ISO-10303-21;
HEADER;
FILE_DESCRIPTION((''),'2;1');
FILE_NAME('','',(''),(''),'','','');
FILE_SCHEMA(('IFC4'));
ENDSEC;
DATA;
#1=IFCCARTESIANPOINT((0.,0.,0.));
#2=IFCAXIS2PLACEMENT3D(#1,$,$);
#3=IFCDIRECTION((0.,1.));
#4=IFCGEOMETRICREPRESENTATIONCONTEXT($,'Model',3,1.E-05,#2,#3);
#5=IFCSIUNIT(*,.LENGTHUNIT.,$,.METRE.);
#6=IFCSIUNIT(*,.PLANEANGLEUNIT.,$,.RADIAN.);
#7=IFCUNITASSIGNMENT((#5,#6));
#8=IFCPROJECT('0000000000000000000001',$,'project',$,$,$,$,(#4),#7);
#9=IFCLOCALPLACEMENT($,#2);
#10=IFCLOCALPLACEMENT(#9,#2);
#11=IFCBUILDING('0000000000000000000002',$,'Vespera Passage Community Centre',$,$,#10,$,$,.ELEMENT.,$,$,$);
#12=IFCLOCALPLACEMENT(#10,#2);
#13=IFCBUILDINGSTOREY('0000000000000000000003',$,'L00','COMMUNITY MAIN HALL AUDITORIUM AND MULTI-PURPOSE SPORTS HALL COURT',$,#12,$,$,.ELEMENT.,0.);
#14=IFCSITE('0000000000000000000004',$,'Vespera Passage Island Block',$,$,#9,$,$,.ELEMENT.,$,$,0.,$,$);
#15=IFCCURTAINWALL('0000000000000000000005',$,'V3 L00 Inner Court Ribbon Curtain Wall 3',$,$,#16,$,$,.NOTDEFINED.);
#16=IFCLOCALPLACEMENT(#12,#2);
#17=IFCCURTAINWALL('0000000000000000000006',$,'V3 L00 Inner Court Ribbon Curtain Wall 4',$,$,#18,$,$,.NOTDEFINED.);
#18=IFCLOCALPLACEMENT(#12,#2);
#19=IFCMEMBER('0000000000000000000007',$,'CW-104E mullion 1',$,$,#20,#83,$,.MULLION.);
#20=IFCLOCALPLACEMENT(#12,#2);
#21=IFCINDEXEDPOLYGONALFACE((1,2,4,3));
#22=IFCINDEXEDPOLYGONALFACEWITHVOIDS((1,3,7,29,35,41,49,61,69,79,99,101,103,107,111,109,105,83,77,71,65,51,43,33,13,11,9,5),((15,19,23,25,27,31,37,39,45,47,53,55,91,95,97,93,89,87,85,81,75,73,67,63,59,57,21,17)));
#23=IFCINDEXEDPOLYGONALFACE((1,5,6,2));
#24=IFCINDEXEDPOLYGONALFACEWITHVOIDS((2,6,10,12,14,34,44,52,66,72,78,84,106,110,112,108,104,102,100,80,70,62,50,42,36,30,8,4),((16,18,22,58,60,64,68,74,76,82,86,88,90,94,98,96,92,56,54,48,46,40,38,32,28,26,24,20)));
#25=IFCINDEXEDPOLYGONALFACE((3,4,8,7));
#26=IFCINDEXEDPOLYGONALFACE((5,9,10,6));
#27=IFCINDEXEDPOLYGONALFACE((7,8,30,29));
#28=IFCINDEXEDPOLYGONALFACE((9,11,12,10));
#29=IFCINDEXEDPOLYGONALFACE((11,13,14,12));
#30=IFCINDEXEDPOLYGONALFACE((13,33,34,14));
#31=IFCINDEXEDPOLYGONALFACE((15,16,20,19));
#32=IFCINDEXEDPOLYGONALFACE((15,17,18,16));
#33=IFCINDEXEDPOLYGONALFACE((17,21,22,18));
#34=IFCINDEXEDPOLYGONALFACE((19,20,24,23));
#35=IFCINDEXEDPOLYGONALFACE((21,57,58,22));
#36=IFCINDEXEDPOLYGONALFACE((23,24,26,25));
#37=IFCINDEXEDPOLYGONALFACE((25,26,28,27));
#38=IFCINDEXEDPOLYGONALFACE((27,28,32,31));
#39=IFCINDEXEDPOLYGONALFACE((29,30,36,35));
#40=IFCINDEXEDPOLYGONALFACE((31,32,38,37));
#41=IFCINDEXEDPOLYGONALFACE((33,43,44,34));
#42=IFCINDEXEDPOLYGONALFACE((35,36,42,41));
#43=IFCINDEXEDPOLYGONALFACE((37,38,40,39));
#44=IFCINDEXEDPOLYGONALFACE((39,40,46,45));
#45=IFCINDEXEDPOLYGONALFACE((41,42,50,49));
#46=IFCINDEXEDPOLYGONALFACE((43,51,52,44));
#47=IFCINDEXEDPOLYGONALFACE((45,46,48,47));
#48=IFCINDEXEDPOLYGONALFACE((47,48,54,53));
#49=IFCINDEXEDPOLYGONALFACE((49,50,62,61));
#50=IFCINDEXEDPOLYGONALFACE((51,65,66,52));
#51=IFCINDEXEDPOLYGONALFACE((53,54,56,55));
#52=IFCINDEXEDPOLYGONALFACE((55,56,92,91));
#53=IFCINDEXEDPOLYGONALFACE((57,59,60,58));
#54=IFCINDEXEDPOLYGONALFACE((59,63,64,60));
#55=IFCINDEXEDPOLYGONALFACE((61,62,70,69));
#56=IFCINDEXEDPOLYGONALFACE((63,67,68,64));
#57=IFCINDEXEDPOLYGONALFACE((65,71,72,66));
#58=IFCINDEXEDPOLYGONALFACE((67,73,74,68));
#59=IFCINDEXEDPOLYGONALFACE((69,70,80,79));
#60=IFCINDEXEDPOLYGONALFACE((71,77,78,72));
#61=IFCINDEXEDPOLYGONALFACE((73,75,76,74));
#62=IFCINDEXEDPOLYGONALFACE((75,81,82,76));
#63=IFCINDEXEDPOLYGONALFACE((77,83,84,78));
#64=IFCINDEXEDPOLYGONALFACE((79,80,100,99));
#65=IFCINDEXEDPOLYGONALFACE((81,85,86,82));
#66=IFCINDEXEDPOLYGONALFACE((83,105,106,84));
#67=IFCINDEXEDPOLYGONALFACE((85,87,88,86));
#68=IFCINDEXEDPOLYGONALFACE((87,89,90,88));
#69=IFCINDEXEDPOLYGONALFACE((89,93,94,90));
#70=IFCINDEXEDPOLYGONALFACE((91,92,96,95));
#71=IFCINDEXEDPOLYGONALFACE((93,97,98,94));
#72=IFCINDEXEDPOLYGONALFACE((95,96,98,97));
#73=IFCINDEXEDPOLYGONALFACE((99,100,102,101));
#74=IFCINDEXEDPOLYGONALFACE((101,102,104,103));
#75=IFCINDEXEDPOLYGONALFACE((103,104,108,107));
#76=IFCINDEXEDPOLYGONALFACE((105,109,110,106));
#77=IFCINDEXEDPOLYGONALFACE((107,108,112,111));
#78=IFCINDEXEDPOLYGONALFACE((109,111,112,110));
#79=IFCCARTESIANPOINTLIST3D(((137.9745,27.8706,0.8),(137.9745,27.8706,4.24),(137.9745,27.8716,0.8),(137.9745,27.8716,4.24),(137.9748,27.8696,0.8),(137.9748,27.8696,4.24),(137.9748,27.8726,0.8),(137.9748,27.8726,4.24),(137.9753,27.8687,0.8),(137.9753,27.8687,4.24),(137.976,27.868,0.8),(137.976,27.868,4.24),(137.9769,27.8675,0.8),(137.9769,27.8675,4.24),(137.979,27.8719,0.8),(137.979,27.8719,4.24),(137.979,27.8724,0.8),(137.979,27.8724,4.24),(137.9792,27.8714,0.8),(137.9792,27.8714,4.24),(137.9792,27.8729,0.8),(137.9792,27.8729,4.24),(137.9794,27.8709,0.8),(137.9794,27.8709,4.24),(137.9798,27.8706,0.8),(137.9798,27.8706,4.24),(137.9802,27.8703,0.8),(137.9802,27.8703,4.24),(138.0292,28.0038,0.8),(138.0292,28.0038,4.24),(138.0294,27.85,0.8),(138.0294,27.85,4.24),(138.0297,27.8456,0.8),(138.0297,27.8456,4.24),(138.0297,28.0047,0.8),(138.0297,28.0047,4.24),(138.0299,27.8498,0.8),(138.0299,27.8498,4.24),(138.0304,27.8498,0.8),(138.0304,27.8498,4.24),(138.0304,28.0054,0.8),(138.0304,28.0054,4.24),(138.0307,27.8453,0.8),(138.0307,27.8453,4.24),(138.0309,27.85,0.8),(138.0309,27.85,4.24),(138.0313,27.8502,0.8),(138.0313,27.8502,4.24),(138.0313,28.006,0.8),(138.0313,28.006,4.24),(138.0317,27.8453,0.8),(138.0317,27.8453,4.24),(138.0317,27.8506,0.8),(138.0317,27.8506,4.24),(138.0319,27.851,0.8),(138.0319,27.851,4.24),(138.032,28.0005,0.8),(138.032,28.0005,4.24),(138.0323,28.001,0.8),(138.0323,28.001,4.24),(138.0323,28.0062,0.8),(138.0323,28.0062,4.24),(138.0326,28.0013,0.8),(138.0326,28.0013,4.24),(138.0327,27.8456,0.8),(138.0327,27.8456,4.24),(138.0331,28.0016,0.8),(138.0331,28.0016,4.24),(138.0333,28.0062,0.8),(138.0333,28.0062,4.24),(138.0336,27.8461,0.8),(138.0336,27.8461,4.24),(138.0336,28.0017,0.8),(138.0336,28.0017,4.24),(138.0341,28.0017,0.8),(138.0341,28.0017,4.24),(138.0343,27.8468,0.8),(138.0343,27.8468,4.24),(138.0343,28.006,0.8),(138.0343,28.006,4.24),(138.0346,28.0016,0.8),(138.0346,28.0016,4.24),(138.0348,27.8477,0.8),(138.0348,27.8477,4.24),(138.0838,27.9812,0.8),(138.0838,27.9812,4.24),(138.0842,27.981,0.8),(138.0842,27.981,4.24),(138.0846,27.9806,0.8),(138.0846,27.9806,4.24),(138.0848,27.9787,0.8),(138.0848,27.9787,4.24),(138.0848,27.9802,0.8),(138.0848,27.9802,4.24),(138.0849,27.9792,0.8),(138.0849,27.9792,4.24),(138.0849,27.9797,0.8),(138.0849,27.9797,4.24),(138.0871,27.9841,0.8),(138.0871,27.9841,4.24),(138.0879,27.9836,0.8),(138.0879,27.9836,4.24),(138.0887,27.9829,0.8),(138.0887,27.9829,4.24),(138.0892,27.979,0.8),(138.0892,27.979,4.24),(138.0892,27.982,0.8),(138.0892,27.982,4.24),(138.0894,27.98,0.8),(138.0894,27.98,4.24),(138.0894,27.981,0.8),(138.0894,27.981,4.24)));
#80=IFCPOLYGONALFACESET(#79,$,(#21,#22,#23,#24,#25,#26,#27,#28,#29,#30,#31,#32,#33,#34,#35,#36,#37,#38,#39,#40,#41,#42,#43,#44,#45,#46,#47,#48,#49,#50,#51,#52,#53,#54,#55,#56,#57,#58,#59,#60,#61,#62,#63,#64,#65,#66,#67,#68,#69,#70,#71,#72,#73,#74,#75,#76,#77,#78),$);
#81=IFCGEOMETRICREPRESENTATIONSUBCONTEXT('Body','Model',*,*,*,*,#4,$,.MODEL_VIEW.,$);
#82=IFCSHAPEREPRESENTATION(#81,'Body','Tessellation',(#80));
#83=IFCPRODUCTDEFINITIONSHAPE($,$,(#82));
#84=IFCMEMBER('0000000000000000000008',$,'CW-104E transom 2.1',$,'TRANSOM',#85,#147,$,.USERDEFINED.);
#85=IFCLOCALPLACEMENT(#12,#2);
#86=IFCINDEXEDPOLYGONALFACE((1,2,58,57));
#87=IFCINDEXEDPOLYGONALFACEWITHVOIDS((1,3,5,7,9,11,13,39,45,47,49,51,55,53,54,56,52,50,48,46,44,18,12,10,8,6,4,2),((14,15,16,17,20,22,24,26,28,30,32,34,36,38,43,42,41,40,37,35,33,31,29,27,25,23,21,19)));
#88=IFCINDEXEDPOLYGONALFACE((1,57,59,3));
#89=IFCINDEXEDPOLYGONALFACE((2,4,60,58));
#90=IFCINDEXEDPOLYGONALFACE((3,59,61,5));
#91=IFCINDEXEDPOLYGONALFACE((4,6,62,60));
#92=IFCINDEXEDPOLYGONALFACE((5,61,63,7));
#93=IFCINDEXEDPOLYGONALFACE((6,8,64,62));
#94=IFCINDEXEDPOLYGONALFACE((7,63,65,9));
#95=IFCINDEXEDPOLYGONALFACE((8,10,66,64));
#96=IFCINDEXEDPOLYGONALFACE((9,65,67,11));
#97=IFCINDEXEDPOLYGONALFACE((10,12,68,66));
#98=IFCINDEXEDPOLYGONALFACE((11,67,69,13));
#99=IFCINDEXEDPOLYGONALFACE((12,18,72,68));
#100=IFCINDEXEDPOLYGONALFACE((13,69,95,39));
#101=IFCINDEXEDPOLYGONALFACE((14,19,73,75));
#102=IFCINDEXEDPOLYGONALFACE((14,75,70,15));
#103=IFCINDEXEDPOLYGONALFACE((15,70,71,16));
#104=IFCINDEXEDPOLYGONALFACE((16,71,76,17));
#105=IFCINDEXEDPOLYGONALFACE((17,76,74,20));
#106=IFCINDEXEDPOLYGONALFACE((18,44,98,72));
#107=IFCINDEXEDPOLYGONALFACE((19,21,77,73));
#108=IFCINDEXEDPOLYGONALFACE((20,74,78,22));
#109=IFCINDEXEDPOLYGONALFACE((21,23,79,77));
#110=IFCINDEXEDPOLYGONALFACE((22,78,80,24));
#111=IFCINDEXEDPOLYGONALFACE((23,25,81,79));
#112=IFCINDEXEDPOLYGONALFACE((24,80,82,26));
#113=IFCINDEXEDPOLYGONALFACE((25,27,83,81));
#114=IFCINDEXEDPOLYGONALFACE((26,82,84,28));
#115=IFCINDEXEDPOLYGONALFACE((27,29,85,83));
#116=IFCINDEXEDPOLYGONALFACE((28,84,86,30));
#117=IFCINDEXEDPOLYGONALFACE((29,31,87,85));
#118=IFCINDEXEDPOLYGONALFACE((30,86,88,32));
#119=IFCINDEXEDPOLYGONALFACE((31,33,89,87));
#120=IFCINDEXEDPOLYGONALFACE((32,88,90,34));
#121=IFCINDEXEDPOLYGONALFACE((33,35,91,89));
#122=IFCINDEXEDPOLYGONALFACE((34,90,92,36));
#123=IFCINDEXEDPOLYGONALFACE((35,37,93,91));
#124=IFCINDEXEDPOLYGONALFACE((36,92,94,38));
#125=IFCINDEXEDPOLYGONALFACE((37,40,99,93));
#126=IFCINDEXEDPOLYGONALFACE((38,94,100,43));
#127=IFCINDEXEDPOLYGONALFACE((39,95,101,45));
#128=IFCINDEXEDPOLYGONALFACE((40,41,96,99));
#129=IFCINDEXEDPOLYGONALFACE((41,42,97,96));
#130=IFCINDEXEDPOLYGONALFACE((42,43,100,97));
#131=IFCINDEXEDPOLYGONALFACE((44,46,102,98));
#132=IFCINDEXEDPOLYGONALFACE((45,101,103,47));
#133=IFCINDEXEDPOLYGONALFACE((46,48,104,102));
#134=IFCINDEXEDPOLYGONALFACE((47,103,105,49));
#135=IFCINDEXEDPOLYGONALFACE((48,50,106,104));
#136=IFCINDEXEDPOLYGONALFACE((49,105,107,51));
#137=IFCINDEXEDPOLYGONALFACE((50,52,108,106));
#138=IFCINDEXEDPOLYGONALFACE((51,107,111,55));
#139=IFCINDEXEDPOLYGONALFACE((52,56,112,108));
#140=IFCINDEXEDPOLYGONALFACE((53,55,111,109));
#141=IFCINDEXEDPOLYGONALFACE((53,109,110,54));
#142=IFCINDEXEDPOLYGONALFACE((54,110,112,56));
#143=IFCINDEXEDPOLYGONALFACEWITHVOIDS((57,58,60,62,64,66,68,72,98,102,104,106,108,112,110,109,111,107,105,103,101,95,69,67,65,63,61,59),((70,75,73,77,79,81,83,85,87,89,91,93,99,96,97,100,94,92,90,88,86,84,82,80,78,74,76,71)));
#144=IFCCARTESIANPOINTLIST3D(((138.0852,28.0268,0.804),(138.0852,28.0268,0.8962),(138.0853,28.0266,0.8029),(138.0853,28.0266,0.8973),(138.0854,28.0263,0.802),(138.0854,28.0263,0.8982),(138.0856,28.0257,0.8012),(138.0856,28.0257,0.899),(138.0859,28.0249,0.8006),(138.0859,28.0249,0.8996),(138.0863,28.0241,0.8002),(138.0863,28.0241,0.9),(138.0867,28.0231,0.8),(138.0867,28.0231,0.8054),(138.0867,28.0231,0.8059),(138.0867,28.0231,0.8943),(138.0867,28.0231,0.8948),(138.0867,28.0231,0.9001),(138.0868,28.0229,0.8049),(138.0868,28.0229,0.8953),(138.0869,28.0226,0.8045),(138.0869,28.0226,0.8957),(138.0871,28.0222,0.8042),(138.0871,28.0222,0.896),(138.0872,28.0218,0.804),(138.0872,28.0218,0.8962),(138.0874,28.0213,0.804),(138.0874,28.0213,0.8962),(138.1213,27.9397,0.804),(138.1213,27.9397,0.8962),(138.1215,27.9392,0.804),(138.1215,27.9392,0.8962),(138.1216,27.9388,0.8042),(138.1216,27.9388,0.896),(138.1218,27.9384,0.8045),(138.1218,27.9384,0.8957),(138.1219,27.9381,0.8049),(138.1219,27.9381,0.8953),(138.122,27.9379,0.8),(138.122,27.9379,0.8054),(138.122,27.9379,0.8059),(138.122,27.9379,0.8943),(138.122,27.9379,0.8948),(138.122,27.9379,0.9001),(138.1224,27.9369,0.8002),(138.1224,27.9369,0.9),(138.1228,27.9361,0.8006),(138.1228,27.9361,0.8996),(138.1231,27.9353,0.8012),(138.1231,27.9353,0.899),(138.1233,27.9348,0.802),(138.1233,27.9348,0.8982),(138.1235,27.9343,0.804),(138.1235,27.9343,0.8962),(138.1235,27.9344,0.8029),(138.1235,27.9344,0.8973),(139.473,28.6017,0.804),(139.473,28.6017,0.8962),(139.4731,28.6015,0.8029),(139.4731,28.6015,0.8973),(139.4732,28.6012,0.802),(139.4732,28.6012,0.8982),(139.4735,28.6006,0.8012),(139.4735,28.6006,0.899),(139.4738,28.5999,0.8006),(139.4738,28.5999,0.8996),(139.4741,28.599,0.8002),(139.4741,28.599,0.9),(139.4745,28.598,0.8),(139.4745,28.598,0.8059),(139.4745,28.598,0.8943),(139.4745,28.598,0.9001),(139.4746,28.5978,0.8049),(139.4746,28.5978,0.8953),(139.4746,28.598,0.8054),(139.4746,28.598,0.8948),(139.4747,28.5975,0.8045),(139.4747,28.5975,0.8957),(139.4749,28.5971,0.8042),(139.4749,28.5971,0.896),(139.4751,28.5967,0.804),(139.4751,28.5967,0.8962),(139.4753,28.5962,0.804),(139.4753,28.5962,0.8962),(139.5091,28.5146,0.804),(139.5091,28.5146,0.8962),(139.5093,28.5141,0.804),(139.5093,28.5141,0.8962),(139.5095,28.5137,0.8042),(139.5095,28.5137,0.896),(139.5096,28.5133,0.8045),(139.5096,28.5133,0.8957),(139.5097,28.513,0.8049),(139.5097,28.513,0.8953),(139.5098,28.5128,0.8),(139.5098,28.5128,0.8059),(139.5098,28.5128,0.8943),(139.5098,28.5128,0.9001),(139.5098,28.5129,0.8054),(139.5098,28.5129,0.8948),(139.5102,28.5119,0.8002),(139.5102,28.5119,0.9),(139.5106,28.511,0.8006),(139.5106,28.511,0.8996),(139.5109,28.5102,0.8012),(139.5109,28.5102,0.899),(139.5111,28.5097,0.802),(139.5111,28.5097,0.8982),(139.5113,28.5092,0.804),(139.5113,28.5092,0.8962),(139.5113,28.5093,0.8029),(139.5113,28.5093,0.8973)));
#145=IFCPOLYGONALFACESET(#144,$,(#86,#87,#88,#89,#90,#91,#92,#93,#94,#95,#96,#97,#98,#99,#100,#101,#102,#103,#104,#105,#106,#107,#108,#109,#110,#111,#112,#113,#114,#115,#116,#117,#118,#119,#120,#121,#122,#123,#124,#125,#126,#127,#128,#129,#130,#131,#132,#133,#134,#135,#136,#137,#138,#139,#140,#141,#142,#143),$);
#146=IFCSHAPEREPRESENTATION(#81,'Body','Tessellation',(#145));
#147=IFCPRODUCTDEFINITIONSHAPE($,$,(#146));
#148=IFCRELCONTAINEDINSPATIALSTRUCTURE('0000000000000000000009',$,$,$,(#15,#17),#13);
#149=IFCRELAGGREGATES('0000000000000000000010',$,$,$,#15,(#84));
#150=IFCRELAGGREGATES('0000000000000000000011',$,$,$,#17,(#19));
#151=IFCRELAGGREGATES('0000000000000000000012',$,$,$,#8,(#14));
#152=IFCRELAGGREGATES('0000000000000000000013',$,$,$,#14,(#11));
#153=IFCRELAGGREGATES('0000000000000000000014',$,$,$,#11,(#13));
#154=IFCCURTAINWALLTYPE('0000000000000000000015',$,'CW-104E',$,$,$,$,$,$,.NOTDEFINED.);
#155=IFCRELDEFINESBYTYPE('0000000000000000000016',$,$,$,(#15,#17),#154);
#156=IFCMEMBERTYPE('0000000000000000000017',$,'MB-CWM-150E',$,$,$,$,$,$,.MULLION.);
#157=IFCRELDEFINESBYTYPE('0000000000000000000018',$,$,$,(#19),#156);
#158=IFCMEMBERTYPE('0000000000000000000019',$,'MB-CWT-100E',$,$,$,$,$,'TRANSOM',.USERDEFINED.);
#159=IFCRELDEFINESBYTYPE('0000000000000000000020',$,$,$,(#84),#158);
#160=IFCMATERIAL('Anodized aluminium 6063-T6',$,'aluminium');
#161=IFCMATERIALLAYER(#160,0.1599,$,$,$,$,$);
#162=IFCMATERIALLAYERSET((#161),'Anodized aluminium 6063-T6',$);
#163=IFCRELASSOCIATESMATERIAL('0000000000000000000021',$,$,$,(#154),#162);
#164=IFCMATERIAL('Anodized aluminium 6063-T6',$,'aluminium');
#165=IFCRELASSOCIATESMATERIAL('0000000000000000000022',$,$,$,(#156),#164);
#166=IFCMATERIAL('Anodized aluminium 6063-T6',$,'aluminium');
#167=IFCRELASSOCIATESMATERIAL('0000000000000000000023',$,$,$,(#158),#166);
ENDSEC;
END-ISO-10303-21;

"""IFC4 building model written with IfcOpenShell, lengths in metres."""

from ifc_helpers import new_model, si_unit, direction, frame, origin, origin_2d, place, context, subcontext, project, spatial, hollow_rectangle, extrude, material, layer, layer_set, material_profile, profile_set, type_object, element, aggregate, save


model = new_model("IFC4")

# Units and contexts
model_context = context("Model", 3, precision=1e-05, world=origin(), true_north=direction((0.0, 1.0)))
body_context = subcontext(model_context, "Body", "Model", "MODEL_VIEW")
ifc_project = project(units=[si_unit("LENGTHUNIT", "METRE"), si_unit("PLANEANGLEUNIT", "RADIAN")], contexts=[model_context])

# Site, building, storey
site_placement = place(None, origin())
site = spatial("IfcSite", under=ifc_project, at=site_placement, Name="Vespera Passage Island Block", CompositionType="ELEMENT", RefElevation=0.0)
building_placement = place(site_placement, origin())
building = spatial("IfcBuilding", under=site, at=building_placement, Name="Vespera Passage Community Centre", CompositionType="ELEMENT")
storey_placement = place(building_placement, origin())
storey = spatial("IfcBuildingStorey", under=building, at=storey_placement, Name="L00", Description="COMMUNITY MAIN HALL AUDITORIUM AND MULTI-PURPOSE SPORTS HALL COURT", CompositionType="ELEMENT", Elevation=0.0)

# Curtain wall
ifc_material_1 = material(Name="Anodized aluminium 6063-T6", Category="aluminium")
ifc_layer_1 = layer(ifc_material_1, 0.1599)
ifc_layer_set_1 = layer_set([ifc_layer_1], Name="Anodized aluminium 6063-T6")
curtain_wall_type = type_object("IfcCurtainWallType", Name="CW-104E", PredefinedType="NOTDEFINED", material=ifc_layer_set_1)
curtain_wall_1_placement = place(storey_placement, origin())
curtain_wall_1 = element("IfcCurtainWall", 1, at=curtain_wall_1_placement, inside=storey, type_object=curtain_wall_type, Name="V3 L00 Inner Court Ribbon Curtain Wall 3", PredefinedType="NOTDEFINED")
ifc_material_2 = material(Name="Anodized aluminium 6063-T6", Category="aluminium")
ifc_material_profile_1 = material_profile(ifc_material_2, hollow_rectangle(XDim=0.0649, YDim=0.1499, WallThickness=0.0039, InnerFilletRadius=0.002, OuterFilletRadius=0.0039, at=origin_2d()), Name="ALU150X65X4")
ifc_profile_set_1 = profile_set([ifc_material_profile_1], Name="Anodized aluminium 6063-T6")
member_type_1 = type_object("IfcMemberType", Name="MB-CWM-150E", PredefinedType="MULLION", material=ifc_profile_set_1)

# Curtain wall, member
curtain_wall_2_placement = place(storey_placement, origin())
curtain_wall_2 = element("IfcCurtainWall", 2, at=curtain_wall_2_placement, inside=storey, type_object=curtain_wall_type, Name="V3 L00 Inner Court Ribbon Curtain Wall 4", PredefinedType="NOTDEFINED")
member_1_placement = place(storey_placement, frame((138.032, 27.9258, 0.8), z_axis=(0.0, 0.0, 1.0), x_axis=(0.923879, -0.382686, 0.0)))
member_1 = element("IfcMember", 3, at=member_1_placement, type_object=member_type_1, Name="CW-104E mullion 1", PredefinedType="MULLION", context=body_context, shape_type="SweptSolid", body=[
    extrude(hollow_rectangle(XDim=0.0649, YDim=0.1499, WallThickness=0.0039, InnerFilletRadius=0.002, OuterFilletRadius=0.0039, at=origin_2d()), origin(), (0.0, 0.0, 1.0), 3.4399),
])

# Member
ifc_material_3 = material(Name="Anodized aluminium 6063-T6", Category="aluminium")
ifc_material_profile_2 = material_profile(ifc_material_3, hollow_rectangle(XDim=0.1001, YDim=0.1001, WallThickness=0.0039, InnerFilletRadius=0.002, OuterFilletRadius=0.0039, at=origin_2d()), Name="ALU100X100X4")
ifc_profile_set_2 = profile_set([ifc_material_profile_2], Name="Anodized aluminium 6063-T6")
member_type_2 = type_object("IfcMemberType", Name="MB-CWT-100E", ElementType="TRANSOM", PredefinedType="USERDEFINED", material=ifc_profile_set_2)
member_2_placement = place(storey_placement, frame((139.4922, 28.5554, 0.8501), z_axis=(-0.923868, -0.382711, 0.0), x_axis=(0.382711, -0.923868, 0.0)))
member_2 = element("IfcMember", 4, at=member_2_placement, type_object=member_type_2, Name="CW-104E transom 2.1", ObjectType="TRANSOM", PredefinedType="USERDEFINED", context=body_context, shape_type="SweptSolid", body=[
    extrude(hollow_rectangle(XDim=0.1001, YDim=0.1001, WallThickness=0.0039, InnerFilletRadius=0.002, OuterFilletRadius=0.0039, at=origin_2d()), origin(), (0.0, 0.0, 1.0), 1.5022),
])

aggregate(curtain_wall_1, [member_2])
aggregate(curtain_wall_2, [member_1])

save(model, "model.ifc")
